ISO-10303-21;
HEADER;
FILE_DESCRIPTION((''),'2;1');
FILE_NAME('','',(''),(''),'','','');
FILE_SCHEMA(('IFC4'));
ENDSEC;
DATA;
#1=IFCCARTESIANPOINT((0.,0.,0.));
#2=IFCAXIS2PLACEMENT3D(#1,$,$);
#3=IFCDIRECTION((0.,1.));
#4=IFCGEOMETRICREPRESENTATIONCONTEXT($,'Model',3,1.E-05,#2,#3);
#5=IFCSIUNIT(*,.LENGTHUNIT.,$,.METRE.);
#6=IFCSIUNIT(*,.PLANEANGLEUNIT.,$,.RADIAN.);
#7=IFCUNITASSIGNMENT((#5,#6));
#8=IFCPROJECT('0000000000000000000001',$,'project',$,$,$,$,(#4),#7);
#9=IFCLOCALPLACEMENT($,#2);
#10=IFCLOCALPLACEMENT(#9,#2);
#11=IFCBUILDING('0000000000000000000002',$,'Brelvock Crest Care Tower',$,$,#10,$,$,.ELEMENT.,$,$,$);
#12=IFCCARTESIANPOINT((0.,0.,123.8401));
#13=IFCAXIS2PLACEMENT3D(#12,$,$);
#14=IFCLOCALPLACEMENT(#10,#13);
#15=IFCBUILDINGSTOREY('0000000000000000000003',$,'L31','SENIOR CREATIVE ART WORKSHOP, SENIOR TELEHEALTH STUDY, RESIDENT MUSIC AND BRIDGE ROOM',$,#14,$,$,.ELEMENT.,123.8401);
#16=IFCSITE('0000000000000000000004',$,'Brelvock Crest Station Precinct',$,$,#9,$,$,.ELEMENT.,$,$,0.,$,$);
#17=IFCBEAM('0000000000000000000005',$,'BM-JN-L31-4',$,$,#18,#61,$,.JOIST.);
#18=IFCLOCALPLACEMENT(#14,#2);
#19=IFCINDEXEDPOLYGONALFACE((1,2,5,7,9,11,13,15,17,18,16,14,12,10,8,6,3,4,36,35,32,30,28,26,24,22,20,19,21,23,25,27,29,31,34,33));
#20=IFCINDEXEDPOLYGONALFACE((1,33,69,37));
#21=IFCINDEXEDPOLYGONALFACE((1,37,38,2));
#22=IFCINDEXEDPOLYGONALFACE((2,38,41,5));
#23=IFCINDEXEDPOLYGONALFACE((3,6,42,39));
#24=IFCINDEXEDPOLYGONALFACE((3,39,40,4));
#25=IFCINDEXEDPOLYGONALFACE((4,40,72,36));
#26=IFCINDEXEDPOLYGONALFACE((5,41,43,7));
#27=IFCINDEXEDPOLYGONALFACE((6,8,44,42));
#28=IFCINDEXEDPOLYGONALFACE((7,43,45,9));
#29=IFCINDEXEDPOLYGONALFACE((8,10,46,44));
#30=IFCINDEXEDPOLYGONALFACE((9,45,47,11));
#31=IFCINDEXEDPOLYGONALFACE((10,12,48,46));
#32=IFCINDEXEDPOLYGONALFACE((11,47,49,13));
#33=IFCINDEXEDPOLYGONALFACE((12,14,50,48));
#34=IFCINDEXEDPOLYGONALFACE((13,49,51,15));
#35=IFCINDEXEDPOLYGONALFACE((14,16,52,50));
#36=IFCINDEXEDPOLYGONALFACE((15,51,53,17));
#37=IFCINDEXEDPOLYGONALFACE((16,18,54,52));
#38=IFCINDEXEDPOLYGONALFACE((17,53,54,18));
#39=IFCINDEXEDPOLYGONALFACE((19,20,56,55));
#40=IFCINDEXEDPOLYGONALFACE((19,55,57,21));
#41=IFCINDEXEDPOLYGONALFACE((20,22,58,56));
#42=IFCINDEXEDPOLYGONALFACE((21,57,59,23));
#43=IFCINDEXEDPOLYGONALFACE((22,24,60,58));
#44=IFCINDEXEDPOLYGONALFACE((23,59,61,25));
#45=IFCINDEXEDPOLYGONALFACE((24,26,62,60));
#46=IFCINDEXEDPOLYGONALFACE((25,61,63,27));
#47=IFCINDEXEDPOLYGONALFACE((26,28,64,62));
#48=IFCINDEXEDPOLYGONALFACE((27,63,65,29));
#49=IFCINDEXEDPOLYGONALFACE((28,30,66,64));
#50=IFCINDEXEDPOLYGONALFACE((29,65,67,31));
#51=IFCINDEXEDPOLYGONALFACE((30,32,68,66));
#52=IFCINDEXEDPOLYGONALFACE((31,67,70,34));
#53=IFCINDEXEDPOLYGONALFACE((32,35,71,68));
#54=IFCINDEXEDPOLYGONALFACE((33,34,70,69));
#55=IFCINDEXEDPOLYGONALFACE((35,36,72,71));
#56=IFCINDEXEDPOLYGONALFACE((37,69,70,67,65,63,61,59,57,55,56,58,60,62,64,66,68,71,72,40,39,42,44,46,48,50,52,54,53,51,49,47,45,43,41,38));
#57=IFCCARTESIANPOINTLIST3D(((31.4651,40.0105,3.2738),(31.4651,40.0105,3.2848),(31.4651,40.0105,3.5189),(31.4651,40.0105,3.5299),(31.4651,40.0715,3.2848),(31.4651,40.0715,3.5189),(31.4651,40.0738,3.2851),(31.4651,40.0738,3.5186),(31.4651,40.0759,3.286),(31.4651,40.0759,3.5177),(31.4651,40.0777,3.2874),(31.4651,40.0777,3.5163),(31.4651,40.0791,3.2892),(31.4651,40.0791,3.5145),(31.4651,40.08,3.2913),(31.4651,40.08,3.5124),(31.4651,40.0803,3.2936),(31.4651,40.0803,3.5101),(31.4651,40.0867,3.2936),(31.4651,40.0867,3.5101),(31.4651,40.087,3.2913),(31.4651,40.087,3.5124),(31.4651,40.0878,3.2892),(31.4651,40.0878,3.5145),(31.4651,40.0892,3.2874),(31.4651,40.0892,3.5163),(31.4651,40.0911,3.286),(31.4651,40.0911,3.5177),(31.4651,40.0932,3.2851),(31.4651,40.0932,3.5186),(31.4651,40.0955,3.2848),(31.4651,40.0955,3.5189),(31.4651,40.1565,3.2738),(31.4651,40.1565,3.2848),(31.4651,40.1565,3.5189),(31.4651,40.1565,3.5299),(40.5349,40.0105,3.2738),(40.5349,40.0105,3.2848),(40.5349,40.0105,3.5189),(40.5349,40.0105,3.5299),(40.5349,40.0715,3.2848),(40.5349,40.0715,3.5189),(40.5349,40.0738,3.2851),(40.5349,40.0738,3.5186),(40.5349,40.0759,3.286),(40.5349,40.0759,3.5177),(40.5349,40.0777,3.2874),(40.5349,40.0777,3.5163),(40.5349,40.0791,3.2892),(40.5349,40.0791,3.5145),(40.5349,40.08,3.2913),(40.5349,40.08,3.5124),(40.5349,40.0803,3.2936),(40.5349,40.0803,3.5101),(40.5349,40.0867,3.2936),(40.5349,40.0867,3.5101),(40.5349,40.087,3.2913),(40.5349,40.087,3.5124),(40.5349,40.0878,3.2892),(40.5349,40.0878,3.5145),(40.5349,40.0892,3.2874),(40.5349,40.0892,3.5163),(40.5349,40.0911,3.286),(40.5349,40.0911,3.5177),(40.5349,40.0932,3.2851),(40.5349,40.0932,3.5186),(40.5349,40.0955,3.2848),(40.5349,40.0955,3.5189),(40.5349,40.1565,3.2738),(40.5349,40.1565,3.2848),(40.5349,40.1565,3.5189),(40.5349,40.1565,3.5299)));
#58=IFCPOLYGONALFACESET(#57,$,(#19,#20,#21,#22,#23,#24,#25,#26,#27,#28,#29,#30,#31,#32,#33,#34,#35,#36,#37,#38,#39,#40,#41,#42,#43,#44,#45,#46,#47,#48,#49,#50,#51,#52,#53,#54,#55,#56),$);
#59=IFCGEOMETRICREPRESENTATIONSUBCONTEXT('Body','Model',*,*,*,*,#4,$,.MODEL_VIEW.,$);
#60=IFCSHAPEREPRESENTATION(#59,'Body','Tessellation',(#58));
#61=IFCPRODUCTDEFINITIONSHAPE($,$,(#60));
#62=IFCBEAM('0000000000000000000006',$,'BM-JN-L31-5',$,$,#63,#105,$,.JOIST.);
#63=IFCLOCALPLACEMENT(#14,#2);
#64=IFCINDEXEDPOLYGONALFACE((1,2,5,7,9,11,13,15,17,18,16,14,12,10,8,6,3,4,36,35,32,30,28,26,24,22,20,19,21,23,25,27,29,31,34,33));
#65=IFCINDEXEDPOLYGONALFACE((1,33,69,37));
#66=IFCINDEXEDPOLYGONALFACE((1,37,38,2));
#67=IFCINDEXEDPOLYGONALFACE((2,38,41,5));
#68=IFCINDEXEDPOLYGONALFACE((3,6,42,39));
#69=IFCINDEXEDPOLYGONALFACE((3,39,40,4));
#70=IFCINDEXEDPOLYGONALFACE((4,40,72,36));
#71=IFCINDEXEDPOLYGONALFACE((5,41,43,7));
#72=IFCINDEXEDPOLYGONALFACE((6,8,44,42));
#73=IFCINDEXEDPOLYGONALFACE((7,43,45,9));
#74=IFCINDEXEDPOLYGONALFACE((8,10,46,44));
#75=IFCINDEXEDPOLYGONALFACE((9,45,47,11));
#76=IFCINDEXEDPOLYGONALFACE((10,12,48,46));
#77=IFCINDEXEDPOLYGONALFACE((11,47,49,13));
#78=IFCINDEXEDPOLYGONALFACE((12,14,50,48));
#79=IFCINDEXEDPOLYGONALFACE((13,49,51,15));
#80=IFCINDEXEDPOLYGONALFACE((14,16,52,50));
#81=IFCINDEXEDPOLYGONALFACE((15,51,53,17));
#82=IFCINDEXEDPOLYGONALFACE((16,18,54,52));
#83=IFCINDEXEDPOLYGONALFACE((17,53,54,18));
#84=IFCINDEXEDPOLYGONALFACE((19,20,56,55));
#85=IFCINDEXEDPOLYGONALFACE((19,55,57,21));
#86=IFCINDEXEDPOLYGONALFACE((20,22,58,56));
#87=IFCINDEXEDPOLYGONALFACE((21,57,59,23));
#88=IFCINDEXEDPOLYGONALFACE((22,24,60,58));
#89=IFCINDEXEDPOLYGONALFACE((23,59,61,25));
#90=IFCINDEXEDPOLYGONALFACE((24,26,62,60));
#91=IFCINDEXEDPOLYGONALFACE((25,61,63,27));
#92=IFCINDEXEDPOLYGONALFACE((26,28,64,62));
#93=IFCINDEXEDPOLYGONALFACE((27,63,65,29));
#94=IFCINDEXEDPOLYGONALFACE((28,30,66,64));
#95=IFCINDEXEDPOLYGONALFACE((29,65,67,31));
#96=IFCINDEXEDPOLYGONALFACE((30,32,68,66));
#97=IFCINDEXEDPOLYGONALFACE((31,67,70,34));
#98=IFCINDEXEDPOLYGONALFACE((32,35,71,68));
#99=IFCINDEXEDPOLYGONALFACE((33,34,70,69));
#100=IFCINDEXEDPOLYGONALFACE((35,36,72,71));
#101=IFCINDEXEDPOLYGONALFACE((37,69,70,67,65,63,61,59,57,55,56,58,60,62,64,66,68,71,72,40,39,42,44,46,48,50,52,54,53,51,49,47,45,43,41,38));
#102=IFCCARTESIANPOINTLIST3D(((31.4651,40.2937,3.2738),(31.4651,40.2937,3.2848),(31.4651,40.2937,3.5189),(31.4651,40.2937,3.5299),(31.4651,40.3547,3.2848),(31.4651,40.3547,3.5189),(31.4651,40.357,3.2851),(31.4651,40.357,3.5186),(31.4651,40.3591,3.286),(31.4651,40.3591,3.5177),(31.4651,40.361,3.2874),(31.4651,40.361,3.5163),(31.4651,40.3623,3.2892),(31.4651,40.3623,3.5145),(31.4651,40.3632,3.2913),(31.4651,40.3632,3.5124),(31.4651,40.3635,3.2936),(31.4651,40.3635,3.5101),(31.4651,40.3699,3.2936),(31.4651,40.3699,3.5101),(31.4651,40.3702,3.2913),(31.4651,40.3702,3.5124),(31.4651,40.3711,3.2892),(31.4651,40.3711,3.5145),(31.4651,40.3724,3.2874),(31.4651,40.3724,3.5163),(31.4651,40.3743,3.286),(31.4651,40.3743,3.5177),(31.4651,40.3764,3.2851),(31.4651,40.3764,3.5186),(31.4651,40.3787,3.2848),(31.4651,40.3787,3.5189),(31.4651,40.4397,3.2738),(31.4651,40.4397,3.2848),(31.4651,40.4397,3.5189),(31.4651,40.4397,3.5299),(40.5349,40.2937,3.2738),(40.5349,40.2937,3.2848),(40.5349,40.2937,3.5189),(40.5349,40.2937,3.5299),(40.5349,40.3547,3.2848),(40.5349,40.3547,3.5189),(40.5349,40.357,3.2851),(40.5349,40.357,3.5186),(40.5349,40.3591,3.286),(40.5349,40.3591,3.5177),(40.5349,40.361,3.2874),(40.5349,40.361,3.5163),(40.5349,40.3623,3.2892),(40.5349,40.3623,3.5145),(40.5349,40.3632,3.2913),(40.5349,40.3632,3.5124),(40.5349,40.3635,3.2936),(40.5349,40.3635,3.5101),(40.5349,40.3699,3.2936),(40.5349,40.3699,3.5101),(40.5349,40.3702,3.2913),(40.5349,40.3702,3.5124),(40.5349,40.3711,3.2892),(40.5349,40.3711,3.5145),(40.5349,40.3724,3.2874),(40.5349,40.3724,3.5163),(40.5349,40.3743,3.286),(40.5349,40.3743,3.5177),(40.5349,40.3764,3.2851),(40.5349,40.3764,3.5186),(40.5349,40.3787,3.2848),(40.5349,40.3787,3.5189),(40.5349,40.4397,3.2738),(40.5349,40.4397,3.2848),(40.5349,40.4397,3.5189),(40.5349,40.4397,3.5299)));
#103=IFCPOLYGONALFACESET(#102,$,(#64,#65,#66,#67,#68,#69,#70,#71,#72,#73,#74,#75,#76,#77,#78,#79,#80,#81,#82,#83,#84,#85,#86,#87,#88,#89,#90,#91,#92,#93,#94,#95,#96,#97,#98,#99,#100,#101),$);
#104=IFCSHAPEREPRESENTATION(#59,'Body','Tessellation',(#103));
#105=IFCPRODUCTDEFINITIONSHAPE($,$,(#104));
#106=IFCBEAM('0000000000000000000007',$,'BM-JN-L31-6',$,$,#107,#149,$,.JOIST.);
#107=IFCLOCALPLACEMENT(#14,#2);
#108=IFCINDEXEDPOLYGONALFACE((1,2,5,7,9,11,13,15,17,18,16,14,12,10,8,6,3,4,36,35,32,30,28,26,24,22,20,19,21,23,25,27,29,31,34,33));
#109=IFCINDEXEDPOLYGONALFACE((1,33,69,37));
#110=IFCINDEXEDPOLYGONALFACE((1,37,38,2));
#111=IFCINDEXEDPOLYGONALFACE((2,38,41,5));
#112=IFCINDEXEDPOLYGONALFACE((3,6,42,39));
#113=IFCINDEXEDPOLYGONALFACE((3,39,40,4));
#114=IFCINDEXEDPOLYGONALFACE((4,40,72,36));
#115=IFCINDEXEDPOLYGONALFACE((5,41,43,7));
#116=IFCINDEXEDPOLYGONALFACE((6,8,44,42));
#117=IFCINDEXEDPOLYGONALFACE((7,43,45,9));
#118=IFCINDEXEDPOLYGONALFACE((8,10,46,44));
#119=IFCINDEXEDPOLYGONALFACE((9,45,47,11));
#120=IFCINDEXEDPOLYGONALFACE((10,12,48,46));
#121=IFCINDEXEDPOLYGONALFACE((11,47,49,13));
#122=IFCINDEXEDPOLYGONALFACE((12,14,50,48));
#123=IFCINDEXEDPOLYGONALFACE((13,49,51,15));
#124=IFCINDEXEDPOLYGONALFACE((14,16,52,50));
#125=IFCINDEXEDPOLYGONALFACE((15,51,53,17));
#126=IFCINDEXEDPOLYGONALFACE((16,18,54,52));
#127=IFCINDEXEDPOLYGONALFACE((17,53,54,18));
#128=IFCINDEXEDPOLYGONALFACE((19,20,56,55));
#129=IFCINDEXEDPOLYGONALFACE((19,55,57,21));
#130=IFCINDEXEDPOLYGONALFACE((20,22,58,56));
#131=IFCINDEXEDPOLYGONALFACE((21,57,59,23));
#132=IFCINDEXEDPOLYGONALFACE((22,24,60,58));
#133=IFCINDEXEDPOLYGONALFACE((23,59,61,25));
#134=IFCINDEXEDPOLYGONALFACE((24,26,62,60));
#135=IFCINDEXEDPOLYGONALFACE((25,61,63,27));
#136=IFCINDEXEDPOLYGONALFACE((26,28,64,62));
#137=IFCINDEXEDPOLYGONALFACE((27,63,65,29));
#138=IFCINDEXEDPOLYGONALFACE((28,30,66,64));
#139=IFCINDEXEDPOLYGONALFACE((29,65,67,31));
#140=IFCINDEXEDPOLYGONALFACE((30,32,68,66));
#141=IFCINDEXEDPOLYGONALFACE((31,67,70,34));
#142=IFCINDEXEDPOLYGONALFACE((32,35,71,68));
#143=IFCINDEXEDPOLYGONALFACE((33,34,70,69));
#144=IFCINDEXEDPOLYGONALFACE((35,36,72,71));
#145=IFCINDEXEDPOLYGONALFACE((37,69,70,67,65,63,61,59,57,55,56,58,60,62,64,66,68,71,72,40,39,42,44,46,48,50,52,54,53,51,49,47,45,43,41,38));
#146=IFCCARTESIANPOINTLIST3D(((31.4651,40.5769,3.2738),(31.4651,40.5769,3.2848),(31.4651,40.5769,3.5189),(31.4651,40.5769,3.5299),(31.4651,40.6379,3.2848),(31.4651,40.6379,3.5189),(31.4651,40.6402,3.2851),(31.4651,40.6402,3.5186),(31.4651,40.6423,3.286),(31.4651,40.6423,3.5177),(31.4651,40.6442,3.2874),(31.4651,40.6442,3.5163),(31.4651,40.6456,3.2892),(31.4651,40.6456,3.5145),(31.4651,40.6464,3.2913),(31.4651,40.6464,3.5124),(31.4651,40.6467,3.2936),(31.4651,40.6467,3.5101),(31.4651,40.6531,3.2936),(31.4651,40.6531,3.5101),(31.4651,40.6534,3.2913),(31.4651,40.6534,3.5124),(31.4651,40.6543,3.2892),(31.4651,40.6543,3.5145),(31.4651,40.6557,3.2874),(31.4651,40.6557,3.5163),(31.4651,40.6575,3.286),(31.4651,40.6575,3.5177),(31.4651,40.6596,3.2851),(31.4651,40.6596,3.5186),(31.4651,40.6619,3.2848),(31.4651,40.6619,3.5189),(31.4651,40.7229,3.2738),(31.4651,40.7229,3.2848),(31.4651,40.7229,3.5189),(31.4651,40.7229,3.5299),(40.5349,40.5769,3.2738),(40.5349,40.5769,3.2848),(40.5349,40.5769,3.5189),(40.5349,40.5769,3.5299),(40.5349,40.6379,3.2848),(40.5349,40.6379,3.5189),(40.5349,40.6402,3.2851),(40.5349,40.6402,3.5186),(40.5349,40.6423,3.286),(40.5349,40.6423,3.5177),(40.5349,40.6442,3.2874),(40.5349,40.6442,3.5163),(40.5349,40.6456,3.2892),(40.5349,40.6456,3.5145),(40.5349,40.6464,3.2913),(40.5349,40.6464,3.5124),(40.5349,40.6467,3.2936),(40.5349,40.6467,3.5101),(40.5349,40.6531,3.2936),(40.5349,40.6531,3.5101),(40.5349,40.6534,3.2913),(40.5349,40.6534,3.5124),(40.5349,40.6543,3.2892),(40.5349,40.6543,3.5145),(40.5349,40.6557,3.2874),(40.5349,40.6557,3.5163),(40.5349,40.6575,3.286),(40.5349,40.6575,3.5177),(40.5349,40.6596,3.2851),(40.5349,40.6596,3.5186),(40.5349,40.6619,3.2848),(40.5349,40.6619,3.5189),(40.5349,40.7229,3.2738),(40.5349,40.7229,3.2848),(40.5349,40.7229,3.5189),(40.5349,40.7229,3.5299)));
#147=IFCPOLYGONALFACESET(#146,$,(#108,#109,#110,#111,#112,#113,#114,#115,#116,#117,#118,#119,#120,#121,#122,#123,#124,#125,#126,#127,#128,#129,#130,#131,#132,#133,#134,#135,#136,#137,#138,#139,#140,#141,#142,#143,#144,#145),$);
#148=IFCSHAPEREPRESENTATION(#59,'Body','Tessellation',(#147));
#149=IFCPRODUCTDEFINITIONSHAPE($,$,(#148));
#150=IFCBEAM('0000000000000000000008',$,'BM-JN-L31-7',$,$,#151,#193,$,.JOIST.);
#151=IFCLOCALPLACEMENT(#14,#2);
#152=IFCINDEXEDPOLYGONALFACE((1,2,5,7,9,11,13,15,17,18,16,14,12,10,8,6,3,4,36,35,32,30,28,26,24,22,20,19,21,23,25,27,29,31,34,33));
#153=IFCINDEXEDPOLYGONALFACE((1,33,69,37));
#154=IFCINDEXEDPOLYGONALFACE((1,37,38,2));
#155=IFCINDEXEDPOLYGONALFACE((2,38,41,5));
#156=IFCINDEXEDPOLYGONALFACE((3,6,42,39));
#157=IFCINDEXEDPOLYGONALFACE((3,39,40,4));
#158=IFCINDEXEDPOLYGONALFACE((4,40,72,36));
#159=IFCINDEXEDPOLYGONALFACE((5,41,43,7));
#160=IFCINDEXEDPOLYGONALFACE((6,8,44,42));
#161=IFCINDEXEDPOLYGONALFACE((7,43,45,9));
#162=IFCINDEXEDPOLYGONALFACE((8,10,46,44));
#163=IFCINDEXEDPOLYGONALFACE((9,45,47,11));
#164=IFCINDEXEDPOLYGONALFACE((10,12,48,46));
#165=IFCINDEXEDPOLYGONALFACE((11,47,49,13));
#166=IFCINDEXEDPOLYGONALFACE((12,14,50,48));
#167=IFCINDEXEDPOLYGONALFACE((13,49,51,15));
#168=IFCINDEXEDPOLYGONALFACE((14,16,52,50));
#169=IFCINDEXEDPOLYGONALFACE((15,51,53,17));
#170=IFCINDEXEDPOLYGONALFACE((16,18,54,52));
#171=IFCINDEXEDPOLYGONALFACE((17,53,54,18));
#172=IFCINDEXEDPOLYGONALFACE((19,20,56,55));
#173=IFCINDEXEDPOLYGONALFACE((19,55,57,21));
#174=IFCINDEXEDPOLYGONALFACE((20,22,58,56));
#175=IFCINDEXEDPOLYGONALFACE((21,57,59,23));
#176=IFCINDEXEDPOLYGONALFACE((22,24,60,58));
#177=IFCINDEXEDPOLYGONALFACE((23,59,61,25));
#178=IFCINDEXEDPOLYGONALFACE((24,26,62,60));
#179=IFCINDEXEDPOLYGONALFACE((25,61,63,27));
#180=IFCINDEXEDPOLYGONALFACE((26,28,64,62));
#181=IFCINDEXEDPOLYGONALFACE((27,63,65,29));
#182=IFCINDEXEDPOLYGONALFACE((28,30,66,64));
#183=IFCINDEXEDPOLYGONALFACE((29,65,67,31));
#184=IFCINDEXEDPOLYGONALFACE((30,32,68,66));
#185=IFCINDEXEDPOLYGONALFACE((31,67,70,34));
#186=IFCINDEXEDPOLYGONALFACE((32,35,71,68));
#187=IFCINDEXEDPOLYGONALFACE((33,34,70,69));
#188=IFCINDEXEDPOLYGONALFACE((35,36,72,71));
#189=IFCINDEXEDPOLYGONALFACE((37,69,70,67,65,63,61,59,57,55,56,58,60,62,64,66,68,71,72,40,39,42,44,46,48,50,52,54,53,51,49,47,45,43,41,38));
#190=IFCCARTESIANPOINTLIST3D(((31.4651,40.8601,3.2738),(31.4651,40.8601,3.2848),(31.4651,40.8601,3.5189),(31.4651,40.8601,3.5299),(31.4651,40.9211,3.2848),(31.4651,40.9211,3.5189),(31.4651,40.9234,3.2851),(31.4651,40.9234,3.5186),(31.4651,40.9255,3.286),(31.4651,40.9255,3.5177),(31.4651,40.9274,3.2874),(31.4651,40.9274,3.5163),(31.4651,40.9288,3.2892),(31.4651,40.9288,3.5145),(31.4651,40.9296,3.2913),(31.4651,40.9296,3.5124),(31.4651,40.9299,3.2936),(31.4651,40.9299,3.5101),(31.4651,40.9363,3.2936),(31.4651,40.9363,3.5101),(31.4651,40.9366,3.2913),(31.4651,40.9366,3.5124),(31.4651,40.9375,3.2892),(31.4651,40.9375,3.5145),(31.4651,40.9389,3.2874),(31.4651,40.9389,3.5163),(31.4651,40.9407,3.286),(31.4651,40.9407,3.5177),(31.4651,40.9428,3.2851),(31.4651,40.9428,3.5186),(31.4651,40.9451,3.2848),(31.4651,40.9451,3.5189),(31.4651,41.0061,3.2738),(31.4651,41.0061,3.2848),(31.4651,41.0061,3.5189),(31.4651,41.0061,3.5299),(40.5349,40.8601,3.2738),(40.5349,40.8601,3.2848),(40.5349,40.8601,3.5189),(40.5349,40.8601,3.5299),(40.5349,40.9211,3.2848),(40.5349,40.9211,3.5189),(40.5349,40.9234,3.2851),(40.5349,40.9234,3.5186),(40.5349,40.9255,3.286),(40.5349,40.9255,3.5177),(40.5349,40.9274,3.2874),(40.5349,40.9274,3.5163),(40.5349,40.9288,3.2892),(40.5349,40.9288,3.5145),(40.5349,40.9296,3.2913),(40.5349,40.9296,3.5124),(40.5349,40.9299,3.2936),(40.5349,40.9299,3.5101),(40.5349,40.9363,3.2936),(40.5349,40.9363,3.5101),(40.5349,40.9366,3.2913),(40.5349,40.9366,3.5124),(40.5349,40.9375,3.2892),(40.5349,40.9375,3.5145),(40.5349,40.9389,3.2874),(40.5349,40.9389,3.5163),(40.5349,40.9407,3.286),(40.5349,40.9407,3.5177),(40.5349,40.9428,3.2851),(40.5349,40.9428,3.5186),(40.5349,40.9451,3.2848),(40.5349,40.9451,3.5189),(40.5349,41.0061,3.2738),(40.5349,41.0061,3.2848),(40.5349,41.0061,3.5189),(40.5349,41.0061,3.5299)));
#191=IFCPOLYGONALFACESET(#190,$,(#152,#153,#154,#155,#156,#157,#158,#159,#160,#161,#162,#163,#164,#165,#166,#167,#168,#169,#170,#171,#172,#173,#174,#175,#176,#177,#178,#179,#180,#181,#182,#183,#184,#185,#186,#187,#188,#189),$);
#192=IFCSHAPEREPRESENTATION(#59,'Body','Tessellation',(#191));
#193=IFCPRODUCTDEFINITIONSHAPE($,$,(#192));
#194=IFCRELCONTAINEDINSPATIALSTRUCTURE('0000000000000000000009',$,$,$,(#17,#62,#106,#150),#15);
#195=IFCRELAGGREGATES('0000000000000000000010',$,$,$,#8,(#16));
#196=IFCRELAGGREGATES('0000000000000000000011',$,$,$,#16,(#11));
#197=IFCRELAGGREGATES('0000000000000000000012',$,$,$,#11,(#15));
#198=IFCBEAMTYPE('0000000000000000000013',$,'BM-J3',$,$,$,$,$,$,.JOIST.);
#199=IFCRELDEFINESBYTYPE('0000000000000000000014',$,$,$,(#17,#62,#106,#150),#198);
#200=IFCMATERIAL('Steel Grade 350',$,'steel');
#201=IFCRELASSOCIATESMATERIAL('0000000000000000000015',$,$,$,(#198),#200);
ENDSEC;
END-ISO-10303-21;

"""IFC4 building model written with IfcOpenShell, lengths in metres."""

from ifc_helpers import new_model, si_unit, direction, frame, origin, origin_2d, place, context, subcontext, project, spatial, i_section, extrude, source, transform, mapped, material, material_profile, profile_set, type_object, element, save


model = new_model("IFC4")

# Units and contexts
model_context = context("Model", 3, precision=1e-05, world=origin(), true_north=direction((0.0, 1.0)))
body_context = subcontext(model_context, "Body", "Model", "MODEL_VIEW")
ifc_project = project(units=[si_unit("LENGTHUNIT", "METRE"), si_unit("PLANEANGLEUNIT", "RADIAN")], contexts=[model_context])

# Site, building, storey
site_placement = place(None, origin())
site = spatial("IfcSite", under=ifc_project, at=site_placement, Name="Brelvock Crest Station Precinct", CompositionType="ELEMENT", RefElevation=0.0)
building_placement = place(site_placement, origin())
building = spatial("IfcBuilding", under=site, at=building_placement, Name="Brelvock Crest Care Tower", CompositionType="ELEMENT")
storey_placement = place(building_placement, frame((0.0, 0.0, 123.8401)))
storey = spatial("IfcBuildingStorey", under=building, at=storey_placement, Name="L31", Description="SENIOR CREATIVE ART WORKSHOP, SENIOR TELEHEALTH STUDY, RESIDENT MUSIC AND BRIDGE ROOM", CompositionType="ELEMENT", Elevation=123.8401)

# Shared definitions
ifc_material_1 = material(Name="Steel Grade 350", Category="steel")

# Beams
ifc_material_profile_1 = material_profile(ifc_material_1, i_section(OverallWidth=0.146, OverallDepth=0.2561, WebThickness=0.0063, FlangeThickness=0.011, FilletRadius=0.0088, at=origin_2d()), Name="250UB37.3")
ifc_profile_set_1 = profile_set([ifc_material_profile_1], Name="Steel Grade 350")
beam_type_1 = type_object("IfcBeamType", Name="BM-J3", PredefinedType="JOIST", material=ifc_profile_set_1)
shared_shape_1 = source(origin(), body_context, "Body", "SweptSolid", [
    extrude(i_section(OverallWidth=0.146, OverallDepth=0.2561, WebThickness=0.0063, FlangeThickness=0.011, FilletRadius=0.0088, at=origin_2d()), origin(), (0.0, 0.0, 1.0), 9.0698),
])
for number, where, z_axis, x_axis, name in (
    (1, (31.4651, 40.0835, 3.4019), (1.0, 0.0, 0.0), (0.0, 1.0, 0.0), "BM-JN-L31-4"),
    (2, (31.4651, 40.3667, 3.4019), (1.0, 0.0, 0.0), (0.0, 1.0, 0.0), "BM-JN-L31-5"),
    (3, (31.4651, 40.6499, 3.4019), (1.0, 0.0, 0.0), (0.0, 1.0, 0.0), "BM-JN-L31-6"),
    (4, (31.4651, 40.9331, 3.4019), (1.0, 0.0, 0.0), (0.0, 1.0, 0.0), "BM-JN-L31-7"),
):
    element("IfcBeam", number, at=place(storey_placement, frame(where, z_axis=z_axis, x_axis=x_axis)), inside=storey, type_object=beam_type_1, Name=name, PredefinedType="JOIST", context=body_context, shape_type="MappedRepresentation", body=[
        mapped(shared_shape_1, transform((0.0, 0.0, 0.0), x_axis=(1.0, 0.0, 0.0), y_axis=(0.0, 1.0, 0.0), z_axis=(0.0, 0.0, 1.0), scale=1.0)),
    ])

save(model, "model.ifc")
